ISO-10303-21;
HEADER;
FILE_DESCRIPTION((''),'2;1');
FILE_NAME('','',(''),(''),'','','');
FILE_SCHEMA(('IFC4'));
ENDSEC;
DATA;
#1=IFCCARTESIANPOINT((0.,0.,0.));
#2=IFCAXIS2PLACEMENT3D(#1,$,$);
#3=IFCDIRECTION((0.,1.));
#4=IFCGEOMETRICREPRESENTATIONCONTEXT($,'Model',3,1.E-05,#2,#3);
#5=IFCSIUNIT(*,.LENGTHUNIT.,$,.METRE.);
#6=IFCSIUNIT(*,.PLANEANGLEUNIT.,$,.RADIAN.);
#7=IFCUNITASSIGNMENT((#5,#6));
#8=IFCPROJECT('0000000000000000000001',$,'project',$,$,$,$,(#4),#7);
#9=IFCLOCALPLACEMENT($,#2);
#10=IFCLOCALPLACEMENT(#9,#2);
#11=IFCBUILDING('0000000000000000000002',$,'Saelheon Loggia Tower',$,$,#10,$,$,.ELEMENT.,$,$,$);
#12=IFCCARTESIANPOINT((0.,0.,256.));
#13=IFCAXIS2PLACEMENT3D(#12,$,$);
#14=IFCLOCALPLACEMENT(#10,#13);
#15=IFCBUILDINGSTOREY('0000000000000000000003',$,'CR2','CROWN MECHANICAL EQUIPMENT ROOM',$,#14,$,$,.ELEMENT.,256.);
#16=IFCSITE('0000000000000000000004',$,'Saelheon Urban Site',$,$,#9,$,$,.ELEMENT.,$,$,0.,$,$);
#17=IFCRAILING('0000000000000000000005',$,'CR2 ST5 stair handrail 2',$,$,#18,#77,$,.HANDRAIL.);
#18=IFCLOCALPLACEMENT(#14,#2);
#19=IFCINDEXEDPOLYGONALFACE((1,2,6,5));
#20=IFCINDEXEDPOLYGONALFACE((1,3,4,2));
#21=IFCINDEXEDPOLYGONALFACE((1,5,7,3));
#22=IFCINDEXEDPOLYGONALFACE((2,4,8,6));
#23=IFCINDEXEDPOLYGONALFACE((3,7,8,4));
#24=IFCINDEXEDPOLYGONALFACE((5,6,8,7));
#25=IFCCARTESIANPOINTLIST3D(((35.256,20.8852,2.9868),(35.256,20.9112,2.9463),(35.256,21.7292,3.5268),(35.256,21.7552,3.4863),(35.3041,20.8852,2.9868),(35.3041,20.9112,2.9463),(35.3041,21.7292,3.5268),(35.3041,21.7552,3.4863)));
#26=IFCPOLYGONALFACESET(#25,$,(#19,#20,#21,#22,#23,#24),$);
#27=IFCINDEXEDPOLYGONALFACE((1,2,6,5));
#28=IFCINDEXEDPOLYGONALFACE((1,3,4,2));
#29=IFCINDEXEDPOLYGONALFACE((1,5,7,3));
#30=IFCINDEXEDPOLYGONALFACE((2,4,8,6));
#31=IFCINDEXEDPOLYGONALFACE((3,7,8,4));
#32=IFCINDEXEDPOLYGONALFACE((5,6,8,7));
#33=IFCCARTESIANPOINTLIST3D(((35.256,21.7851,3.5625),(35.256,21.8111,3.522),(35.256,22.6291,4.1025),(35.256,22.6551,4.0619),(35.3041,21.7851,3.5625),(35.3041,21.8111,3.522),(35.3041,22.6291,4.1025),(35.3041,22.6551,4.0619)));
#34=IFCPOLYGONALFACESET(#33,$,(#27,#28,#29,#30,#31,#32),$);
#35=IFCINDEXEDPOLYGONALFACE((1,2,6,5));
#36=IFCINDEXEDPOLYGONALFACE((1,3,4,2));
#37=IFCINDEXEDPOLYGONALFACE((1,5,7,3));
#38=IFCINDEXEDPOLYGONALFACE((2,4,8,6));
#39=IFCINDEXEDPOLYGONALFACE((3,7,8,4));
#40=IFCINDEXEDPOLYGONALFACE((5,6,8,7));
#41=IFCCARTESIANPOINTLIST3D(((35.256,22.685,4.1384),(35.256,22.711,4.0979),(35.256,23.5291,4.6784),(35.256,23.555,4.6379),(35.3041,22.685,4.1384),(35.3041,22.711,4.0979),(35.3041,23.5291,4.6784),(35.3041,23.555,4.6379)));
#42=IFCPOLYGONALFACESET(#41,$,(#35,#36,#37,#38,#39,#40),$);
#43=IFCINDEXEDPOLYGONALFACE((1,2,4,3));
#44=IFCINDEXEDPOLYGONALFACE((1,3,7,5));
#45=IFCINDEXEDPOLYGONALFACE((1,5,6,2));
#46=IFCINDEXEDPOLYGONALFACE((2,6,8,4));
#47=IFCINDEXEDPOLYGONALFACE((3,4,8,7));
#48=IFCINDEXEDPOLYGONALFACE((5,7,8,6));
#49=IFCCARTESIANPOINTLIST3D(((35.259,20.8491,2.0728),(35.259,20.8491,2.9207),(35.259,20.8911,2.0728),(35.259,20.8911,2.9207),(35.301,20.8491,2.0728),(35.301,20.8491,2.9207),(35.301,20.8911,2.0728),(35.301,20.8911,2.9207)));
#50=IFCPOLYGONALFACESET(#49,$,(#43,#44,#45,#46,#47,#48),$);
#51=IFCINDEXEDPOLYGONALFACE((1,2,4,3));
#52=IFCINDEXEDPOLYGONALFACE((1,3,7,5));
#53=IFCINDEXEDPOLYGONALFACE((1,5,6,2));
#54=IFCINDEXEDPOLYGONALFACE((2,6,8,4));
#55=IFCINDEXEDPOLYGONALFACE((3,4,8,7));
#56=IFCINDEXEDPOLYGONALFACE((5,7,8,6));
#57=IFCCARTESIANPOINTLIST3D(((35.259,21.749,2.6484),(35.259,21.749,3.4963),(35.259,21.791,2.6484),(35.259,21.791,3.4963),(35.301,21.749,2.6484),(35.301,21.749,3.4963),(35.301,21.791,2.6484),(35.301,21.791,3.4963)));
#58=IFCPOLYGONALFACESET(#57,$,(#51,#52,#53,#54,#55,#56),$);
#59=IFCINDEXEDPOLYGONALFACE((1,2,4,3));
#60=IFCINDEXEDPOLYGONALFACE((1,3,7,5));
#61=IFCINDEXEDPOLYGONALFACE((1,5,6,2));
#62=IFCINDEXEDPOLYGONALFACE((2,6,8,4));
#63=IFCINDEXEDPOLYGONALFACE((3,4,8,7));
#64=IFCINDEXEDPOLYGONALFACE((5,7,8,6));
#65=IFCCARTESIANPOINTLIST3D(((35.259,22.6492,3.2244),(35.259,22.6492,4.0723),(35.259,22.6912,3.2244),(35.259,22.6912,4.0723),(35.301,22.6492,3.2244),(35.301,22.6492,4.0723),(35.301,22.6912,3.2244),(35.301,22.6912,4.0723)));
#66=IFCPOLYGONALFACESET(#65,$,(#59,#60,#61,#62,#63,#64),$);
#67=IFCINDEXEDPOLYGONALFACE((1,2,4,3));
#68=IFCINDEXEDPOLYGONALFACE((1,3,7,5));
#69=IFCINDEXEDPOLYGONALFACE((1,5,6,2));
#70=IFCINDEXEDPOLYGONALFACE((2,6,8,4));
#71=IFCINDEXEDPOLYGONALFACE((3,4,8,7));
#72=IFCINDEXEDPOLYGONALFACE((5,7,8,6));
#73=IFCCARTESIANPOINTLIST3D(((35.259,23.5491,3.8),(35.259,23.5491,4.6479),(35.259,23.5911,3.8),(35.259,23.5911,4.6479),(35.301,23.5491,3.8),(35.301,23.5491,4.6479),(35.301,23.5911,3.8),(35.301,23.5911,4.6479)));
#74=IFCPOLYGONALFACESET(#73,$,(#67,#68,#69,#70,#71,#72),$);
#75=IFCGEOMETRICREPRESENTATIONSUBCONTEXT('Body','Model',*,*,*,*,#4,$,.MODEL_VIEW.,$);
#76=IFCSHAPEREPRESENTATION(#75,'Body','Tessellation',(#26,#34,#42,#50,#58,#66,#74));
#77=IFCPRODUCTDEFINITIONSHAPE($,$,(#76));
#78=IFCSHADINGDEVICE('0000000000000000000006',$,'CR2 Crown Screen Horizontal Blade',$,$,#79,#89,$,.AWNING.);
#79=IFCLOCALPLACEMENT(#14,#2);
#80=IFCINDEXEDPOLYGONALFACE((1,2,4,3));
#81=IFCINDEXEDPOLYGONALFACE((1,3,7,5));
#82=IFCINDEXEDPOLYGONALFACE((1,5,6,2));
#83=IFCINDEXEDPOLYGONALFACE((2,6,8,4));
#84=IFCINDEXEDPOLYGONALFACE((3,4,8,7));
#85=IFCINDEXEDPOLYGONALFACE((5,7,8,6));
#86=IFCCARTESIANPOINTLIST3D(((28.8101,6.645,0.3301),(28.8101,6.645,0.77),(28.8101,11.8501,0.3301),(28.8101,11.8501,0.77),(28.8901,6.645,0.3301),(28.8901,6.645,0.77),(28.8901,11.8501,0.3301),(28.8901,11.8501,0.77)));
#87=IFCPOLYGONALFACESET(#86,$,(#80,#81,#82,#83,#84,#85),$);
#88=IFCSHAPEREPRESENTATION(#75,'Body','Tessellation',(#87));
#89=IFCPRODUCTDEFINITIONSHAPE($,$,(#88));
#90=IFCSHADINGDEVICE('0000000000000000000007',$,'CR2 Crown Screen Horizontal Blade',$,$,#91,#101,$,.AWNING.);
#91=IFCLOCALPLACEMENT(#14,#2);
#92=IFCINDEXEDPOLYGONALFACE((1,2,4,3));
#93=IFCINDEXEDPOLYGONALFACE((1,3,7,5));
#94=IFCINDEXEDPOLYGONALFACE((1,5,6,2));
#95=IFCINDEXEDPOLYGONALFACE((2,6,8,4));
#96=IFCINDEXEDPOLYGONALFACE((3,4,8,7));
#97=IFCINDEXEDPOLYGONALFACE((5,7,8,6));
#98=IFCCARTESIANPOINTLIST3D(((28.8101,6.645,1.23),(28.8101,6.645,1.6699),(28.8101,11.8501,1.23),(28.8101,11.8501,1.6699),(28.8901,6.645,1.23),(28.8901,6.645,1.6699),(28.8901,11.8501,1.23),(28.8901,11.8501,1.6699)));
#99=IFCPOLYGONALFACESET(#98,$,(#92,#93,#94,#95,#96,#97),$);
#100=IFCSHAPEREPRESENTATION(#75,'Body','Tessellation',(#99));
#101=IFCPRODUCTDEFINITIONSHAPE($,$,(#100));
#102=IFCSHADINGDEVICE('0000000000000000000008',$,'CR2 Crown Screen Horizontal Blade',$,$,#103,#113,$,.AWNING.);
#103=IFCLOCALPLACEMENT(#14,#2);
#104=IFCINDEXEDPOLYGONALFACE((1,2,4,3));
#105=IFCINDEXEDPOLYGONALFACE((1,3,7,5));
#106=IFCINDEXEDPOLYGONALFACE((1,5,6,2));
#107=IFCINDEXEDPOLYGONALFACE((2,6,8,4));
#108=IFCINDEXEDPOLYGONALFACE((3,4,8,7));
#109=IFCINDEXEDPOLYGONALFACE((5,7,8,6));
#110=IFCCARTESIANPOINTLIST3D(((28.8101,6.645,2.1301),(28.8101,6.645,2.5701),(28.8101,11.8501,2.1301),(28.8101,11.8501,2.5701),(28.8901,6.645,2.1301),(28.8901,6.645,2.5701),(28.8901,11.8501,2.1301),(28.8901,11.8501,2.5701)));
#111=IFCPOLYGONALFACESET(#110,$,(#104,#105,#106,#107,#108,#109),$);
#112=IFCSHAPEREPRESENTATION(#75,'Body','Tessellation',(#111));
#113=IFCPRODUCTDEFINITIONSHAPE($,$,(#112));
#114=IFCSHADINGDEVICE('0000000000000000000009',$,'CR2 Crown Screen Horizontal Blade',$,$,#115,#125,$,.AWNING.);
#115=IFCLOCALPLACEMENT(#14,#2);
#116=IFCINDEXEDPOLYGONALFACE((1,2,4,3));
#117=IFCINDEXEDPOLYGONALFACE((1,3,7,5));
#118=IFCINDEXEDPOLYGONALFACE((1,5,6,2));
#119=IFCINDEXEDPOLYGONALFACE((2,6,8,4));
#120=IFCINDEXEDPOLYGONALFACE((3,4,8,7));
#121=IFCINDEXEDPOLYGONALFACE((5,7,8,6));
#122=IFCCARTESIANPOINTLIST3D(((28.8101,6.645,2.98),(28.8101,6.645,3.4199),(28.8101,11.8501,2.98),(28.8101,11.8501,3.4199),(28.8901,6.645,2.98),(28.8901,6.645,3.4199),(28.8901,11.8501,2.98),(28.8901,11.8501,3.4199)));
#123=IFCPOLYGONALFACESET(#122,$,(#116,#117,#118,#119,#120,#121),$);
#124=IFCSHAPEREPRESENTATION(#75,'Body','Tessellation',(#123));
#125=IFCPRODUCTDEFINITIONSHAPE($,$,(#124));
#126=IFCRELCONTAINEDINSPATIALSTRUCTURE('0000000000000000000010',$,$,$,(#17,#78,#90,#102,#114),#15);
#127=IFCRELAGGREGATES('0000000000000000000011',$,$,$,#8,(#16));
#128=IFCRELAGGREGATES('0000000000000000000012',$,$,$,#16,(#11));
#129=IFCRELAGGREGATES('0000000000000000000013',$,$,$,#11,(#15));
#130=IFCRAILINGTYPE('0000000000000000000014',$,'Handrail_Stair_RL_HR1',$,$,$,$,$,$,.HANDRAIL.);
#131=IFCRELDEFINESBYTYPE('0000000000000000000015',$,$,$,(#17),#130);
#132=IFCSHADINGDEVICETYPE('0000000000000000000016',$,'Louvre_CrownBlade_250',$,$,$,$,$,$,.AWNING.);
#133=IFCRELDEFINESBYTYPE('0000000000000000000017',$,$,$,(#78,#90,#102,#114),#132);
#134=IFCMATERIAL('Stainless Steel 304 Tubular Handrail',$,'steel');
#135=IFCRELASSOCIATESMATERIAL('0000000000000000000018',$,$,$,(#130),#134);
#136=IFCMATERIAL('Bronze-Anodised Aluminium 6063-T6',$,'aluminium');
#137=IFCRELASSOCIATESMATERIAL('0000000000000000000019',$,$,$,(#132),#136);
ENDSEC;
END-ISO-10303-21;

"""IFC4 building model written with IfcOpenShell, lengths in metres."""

from ifc_helpers import new_model, si_unit, direction, frame, origin, origin_2d, place, context, subcontext, project, spatial, rectangle, extrude, source, transform, mapped, material, material_profile, profile_set, type_object, element, save


model = new_model("IFC4")

# Units and contexts
model_context = context("Model", 3, precision=1e-05, world=origin(), true_north=direction((0.0, 1.0)))
body_context = subcontext(model_context, "Body", "Model", "MODEL_VIEW")
ifc_project = project(units=[si_unit("LENGTHUNIT", "METRE"), si_unit("PLANEANGLEUNIT", "RADIAN")], contexts=[model_context])

# Site, building, storey
site_placement = place(None, origin())
site = spatial("IfcSite", under=ifc_project, at=site_placement, Name="Saelheon Urban Site", CompositionType="ELEMENT", RefElevation=0.0)
building_placement = place(site_placement, origin())
building = spatial("IfcBuilding", under=site, at=building_placement, Name="Saelheon Loggia Tower", CompositionType="ELEMENT")
storey_placement = place(building_placement, frame((0.0, 0.0, 256.0)))
storey = spatial("IfcBuildingStorey", under=building, at=storey_placement, Name="CR2", Description="CROWN MECHANICAL EQUIPMENT ROOM", CompositionType="ELEMENT", Elevation=256.0)

# Shared definitions
ifc_material_1 = material(Name="Bronze-Anodised Aluminium 6063-T6", Category="aluminium")

# Railing
ifc_material_2 = material(Name="Stainless Steel 304 Tubular Handrail", Category="steel")
railing_type_1 = type_object("IfcRailingType", Name="Handrail_Stair_RL_HR1", PredefinedType="HANDRAIL", material=ifc_material_2)
railing_1_placement = place(storey_placement, frame((35.28, 20.8701, 2.0728)))
element("IfcRailing", 1, at=railing_1_placement, inside=storey, type_object=railing_type_1, Name="CR2 ST5 stair handrail 2", PredefinedType="HANDRAIL", context=body_context, shape_type="SweptSolid", body=[
    extrude(rectangle(XDim=0.0481, YDim=0.0481, at=origin_2d()), frame((0.0, 0.0281, 0.8938), z_axis=(0.0, 0.842367, 0.538905), x_axis=(-1.0, 0.0, 0.0)), (0.0, 0.0, 1.0), 1.002),
    extrude(rectangle(XDim=0.0481, YDim=0.0481, at=origin_2d()), frame((0.0, 0.928, 1.4695), z_axis=(0.0, 0.842367, 0.538905), x_axis=(-1.0, 0.0, 0.0)), (0.0, 0.0, 1.0), 1.002),
    extrude(rectangle(XDim=0.0481, YDim=0.0481, at=origin_2d()), frame((0.0, 1.8279, 2.0454), z_axis=(0.0, 0.842367, 0.538905), x_axis=(-1.0, 0.0, 0.0)), (0.0, 0.0, 1.0), 1.002),
    extrude(rectangle(XDim=0.042, YDim=0.042, at=origin_2d()), origin(), (0.0, 0.0, 1.0), 0.8479),
    extrude(rectangle(XDim=0.042, YDim=0.042, at=origin_2d()), frame((0.0, 0.8999, 0.5757)), (0.0, 0.0, 1.0), 0.8479),
    extrude(rectangle(XDim=0.042, YDim=0.042, at=origin_2d()), frame((0.0, 1.8, 1.1516)), (0.0, 0.0, 1.0), 0.8479),
    extrude(rectangle(XDim=0.042, YDim=0.042, at=origin_2d()), frame((0.0, 2.7, 1.7273)), (0.0, 0.0, 1.0), 0.8479),
])

# Shading devices
ifc_material_profile_1 = material_profile(ifc_material_1, rectangle(XDim=0.0801, YDim=0.4399, at=origin_2d()), Name="Louvre_CrownBlade_250")
ifc_profile_set_1 = profile_set([ifc_material_profile_1], Name="Bronze-Anodised Aluminium 6063-T6")
shading_device_type = type_object("IfcShadingDeviceType", Name="Louvre_CrownBlade_250", PredefinedType="AWNING", material=ifc_profile_set_1)
shared_shape_1 = source(origin(), body_context, "Body", "SweptSolid", [
    extrude(rectangle(XDim=0.0801, YDim=0.4399, at=origin_2d()), origin(), (0.0, 0.0, 1.0), 5.2051),
])
for number, where, z_axis, x_axis, name in (
    (2, (28.8501, 11.8501, 0.55), (0.0, -1.0, 0.0), (1.0, 0.0, 0.0), "CR2 Crown Screen Horizontal Blade"),
    (3, (28.8501, 11.8501, 1.45), (0.0, -1.0, 0.0), (1.0, 0.0, 0.0), "CR2 Crown Screen Horizontal Blade"),
    (4, (28.8501, 11.8501, 2.3501), (0.0, -1.0, 0.0), (1.0, 0.0, 0.0), "CR2 Crown Screen Horizontal Blade"),
    (5, (28.8501, 11.8501, 3.2), (0.0, -1.0, 0.0), (1.0, 0.0, 0.0), "CR2 Crown Screen Horizontal Blade"),
):
    element("IfcShadingDevice", number, at=place(storey_placement, frame(where, z_axis=z_axis, x_axis=x_axis)), inside=storey, type_object=shading_device_type, Name=name, PredefinedType="AWNING", context=body_context, shape_type="MappedRepresentation", body=[
        mapped(shared_shape_1, transform((0.0, 0.0, 0.0), scale=1.0)),
    ])

save(model, "model.ifc")
